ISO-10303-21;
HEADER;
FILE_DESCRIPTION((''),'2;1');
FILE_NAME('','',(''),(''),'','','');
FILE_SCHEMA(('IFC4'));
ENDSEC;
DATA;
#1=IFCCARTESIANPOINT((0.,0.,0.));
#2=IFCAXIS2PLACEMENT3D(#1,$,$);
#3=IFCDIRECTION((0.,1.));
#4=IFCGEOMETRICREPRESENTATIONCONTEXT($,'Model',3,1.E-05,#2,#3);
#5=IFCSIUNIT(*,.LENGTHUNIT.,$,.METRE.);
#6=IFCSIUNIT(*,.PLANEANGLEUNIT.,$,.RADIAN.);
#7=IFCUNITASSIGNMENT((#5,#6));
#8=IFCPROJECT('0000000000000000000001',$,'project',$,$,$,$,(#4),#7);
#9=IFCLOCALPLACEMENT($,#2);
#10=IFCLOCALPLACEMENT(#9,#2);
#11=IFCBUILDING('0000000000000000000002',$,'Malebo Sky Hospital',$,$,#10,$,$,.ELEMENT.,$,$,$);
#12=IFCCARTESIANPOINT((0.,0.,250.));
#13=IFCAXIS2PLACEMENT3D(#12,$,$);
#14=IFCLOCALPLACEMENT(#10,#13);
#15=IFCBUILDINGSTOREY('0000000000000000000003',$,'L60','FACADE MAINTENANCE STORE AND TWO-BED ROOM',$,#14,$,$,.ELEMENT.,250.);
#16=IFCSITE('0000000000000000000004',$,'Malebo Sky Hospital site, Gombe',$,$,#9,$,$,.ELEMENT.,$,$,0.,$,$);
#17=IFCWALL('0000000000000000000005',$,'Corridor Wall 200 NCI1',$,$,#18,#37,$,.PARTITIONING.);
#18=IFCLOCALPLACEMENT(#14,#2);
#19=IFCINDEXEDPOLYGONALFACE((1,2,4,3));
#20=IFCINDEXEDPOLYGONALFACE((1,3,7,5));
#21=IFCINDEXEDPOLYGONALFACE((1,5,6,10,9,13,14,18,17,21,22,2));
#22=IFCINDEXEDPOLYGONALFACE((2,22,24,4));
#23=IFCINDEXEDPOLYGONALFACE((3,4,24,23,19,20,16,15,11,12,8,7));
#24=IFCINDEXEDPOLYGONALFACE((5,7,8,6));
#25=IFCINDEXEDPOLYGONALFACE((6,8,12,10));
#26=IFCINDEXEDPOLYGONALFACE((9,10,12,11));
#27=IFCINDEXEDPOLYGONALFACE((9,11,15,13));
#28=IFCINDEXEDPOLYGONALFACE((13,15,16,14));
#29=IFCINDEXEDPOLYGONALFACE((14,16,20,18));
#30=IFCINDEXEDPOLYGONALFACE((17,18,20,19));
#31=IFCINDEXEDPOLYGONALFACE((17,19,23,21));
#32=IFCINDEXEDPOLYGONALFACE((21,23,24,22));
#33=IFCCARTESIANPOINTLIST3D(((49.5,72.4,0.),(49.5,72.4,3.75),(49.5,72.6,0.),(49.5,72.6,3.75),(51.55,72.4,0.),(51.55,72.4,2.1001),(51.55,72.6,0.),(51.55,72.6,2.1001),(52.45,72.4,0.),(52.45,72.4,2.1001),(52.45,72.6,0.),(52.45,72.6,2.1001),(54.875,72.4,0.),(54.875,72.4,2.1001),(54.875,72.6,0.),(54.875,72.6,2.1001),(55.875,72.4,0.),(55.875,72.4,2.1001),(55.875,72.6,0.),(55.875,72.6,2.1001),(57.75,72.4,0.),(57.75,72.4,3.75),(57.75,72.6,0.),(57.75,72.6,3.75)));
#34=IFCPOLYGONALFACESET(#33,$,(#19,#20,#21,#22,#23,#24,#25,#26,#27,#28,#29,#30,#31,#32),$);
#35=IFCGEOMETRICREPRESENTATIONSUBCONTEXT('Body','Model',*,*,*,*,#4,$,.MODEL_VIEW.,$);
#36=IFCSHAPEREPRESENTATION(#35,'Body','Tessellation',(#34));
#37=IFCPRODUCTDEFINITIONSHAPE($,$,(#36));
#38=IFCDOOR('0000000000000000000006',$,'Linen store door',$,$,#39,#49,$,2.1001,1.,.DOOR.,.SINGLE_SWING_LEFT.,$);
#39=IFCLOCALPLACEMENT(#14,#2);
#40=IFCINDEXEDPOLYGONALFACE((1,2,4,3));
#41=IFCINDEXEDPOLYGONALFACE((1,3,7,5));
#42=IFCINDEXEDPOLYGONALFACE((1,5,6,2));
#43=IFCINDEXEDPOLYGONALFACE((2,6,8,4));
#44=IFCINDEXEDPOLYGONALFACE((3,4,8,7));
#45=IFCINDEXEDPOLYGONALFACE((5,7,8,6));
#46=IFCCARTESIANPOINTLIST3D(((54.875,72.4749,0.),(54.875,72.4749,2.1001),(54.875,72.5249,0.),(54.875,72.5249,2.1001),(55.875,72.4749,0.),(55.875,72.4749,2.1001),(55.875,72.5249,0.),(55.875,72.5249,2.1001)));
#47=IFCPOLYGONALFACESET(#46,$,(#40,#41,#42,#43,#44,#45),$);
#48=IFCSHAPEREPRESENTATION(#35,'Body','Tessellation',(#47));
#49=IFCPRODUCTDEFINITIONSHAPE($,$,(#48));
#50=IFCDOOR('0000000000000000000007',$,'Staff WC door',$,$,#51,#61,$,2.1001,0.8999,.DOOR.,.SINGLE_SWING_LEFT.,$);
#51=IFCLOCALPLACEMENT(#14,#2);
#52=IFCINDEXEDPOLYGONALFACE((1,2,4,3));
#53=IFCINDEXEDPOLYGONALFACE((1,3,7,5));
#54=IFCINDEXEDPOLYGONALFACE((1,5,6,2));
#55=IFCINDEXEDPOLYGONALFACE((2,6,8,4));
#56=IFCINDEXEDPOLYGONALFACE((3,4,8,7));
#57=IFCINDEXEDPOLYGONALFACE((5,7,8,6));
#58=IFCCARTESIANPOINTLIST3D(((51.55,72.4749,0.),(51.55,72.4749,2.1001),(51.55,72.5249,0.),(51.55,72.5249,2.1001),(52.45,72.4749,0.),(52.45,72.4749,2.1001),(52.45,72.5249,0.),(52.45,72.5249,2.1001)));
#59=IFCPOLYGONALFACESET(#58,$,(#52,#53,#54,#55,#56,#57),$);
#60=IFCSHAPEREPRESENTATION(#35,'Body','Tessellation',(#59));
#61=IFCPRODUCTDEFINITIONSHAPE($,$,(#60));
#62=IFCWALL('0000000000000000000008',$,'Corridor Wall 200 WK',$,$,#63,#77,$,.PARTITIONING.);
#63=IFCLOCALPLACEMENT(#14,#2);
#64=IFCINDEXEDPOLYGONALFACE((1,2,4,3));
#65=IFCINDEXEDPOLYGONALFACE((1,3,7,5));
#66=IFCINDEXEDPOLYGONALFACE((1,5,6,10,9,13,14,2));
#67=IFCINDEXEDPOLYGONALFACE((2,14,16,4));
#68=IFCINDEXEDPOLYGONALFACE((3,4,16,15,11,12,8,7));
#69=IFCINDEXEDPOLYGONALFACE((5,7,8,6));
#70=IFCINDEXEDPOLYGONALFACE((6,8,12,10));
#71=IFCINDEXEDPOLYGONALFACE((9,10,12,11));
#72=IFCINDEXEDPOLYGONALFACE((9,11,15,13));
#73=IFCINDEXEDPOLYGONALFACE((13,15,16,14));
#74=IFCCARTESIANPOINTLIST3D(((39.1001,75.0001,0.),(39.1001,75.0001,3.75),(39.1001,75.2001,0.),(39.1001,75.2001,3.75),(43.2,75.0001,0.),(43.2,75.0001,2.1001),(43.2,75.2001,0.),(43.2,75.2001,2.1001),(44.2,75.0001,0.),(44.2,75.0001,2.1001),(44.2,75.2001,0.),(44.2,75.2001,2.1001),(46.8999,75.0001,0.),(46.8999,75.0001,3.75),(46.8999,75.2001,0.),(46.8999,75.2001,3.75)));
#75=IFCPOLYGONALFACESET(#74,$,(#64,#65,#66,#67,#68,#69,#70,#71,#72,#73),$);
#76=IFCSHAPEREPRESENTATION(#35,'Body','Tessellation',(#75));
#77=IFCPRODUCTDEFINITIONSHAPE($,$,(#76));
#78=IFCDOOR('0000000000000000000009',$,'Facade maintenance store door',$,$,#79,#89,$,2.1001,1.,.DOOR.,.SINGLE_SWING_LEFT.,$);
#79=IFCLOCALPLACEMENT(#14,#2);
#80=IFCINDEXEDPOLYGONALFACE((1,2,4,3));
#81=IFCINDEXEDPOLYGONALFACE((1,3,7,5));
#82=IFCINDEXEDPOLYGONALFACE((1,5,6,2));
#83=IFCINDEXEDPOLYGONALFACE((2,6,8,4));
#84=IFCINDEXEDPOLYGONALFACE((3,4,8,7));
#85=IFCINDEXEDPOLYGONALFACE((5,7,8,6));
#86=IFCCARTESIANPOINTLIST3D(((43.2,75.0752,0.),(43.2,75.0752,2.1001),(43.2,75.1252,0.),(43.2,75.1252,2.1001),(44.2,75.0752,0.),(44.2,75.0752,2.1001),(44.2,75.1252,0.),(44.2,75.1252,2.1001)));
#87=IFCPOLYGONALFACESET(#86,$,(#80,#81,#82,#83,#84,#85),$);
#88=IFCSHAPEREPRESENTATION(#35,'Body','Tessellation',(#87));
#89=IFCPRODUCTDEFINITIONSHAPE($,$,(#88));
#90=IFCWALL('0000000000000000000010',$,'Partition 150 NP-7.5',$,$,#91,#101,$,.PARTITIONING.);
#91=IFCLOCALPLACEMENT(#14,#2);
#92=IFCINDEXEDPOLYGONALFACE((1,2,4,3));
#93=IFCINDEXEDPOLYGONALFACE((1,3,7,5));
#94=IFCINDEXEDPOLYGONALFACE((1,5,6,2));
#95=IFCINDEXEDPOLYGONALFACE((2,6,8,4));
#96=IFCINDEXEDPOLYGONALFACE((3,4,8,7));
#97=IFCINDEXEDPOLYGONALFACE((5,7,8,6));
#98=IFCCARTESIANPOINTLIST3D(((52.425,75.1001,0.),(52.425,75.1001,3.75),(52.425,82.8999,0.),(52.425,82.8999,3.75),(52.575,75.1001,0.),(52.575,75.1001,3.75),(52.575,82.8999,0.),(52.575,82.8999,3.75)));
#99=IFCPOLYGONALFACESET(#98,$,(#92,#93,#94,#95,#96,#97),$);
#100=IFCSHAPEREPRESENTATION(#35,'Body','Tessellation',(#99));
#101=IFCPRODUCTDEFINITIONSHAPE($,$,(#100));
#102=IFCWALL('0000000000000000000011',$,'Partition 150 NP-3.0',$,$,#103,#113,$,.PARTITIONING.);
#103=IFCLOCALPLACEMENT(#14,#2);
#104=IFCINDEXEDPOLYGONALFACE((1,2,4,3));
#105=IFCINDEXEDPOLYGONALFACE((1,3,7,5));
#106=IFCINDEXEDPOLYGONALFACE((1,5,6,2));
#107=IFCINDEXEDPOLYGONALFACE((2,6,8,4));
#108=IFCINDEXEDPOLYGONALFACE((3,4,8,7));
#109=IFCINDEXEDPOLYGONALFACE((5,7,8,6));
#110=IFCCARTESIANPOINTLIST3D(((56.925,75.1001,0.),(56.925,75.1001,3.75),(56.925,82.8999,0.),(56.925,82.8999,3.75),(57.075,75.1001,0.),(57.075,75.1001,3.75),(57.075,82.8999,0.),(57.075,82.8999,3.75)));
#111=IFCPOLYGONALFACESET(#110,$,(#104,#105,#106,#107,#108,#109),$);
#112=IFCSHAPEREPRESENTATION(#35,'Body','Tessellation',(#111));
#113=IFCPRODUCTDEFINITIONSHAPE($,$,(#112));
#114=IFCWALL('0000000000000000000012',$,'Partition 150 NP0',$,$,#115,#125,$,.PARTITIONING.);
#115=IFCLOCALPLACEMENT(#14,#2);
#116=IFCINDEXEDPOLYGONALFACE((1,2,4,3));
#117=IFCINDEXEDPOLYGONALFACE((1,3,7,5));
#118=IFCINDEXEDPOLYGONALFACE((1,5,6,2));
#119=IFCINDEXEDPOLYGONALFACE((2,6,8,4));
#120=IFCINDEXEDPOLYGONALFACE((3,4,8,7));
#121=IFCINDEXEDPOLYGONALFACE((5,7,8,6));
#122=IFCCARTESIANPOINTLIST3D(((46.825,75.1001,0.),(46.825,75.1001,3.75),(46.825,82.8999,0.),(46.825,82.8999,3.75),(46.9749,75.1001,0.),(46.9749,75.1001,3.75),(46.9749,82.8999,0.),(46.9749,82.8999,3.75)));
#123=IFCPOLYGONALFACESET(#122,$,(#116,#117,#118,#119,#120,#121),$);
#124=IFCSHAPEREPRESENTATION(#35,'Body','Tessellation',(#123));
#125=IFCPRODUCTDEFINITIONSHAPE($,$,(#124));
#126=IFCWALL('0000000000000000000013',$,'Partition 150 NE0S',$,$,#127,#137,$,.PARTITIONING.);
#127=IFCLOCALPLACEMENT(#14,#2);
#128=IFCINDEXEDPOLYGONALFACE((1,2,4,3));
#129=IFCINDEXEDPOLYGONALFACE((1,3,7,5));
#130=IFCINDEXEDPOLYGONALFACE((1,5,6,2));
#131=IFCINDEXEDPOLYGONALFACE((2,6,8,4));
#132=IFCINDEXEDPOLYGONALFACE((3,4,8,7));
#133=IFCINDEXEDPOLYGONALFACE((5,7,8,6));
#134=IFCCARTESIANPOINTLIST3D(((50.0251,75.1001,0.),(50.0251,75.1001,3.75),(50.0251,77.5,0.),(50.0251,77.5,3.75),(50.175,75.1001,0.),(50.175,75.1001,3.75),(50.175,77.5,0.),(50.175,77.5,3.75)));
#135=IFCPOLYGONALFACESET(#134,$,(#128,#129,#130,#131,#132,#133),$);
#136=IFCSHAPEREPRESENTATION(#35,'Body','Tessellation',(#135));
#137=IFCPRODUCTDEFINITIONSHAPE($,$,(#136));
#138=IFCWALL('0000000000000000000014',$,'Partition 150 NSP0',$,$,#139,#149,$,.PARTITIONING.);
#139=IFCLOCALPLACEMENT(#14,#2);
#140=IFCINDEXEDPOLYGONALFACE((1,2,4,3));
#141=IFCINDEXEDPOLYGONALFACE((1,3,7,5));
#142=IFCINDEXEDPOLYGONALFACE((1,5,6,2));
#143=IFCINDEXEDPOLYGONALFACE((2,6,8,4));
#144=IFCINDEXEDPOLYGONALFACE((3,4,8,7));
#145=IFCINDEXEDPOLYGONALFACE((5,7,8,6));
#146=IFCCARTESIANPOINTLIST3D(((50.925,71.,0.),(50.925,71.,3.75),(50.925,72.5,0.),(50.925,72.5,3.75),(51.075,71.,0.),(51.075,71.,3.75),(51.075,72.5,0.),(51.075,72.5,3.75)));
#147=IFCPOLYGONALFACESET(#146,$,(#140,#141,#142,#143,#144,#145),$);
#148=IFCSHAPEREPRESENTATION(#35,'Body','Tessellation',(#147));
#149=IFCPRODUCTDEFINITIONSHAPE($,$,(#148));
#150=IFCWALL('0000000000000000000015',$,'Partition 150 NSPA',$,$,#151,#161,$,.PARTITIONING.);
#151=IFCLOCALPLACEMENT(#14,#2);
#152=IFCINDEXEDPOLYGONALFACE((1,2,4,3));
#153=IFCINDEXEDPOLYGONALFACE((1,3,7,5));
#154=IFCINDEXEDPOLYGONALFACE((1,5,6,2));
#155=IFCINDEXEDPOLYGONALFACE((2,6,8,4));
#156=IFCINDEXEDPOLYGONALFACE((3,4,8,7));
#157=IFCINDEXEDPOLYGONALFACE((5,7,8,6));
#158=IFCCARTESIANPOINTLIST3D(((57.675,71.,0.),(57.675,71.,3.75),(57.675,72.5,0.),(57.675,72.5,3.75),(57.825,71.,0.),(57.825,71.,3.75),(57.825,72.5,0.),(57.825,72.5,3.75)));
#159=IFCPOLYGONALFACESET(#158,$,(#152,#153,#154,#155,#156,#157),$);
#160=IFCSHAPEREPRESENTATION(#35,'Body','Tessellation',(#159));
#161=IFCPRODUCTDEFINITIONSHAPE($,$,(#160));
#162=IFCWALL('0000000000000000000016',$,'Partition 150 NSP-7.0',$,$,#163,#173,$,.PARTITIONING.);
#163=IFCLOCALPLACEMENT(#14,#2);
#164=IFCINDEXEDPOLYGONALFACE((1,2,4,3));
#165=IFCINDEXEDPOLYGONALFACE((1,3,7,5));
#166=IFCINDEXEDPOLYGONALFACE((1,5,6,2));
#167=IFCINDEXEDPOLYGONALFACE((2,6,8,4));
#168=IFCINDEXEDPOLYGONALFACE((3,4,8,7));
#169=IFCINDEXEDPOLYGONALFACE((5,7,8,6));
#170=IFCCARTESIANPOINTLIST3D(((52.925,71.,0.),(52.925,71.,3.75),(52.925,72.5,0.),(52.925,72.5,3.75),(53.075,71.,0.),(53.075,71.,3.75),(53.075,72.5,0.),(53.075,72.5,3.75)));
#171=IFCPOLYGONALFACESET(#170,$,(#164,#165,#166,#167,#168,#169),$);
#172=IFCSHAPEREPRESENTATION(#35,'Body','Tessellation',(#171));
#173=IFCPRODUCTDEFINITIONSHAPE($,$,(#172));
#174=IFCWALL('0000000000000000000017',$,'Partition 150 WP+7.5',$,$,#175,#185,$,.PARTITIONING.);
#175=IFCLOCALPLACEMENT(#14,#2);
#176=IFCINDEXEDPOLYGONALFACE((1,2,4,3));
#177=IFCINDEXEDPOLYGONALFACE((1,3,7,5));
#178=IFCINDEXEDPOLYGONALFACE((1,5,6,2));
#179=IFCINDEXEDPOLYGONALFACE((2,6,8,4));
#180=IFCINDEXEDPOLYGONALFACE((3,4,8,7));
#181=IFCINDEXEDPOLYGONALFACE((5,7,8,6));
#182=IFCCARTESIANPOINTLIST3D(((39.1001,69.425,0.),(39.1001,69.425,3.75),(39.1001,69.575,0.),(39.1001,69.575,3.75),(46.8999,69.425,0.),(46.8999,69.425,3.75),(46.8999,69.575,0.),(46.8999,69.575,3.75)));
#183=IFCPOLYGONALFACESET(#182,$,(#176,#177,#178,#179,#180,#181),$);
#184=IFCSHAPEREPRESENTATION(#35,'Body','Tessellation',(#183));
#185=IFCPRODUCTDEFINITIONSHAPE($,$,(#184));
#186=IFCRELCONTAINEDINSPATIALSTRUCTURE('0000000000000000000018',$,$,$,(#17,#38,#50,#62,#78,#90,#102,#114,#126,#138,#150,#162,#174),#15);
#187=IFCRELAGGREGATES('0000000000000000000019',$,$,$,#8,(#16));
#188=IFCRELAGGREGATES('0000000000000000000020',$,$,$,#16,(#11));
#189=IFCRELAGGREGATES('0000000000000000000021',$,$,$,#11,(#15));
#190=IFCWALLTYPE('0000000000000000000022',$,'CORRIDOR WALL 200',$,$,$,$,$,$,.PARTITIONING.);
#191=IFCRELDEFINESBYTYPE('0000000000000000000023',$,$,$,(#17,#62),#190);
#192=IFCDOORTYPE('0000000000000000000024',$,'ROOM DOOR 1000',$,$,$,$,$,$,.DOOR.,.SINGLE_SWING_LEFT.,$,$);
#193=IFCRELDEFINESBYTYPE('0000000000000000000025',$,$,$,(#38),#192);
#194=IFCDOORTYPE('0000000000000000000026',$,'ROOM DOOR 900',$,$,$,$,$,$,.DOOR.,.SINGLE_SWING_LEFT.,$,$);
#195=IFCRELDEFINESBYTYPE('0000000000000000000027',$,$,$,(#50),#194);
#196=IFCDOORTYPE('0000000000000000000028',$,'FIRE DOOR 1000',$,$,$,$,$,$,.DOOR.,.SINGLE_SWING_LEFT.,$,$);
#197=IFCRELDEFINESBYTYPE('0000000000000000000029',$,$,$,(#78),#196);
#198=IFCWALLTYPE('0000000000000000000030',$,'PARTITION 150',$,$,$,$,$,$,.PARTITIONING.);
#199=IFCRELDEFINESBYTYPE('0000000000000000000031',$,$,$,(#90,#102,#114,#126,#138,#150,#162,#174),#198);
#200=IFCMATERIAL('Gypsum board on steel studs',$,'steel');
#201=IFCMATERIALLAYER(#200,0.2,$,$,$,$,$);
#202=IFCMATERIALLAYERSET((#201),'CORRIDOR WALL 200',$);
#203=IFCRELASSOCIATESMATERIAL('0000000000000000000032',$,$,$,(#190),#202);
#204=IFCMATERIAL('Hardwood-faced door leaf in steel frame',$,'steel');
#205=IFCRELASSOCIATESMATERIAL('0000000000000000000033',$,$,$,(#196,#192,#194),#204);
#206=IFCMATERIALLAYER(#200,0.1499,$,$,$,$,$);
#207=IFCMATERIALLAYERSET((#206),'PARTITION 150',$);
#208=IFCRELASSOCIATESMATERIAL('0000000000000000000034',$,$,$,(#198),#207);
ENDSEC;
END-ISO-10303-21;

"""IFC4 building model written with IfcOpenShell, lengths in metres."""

from ifc_helpers import new_model, si_unit, direction, frame, frame_2d, origin, place, context, subcontext, project, spatial, rectangle, extrude, material, layer, layer_set, type_object, element, fill, save


model = new_model("IFC4")

# Units and contexts
model_context = context("Model", 3, precision=1e-05, world=origin(), true_north=direction((0.0, 1.0)))
body_context = subcontext(model_context, "Body", "Model", "MODEL_VIEW")
ifc_project = project(units=[si_unit("LENGTHUNIT", "METRE"), si_unit("PLANEANGLEUNIT", "RADIAN")], contexts=[model_context])

# Site, building, storey
site_placement = place(None, origin())
site = spatial("IfcSite", under=ifc_project, at=site_placement, Name="Malebo Sky Hospital site, Gombe", CompositionType="ELEMENT", RefElevation=0.0)
building_placement = place(site_placement, origin())
building = spatial("IfcBuilding", under=site, at=building_placement, Name="Malebo Sky Hospital", CompositionType="ELEMENT")
storey_placement = place(building_placement, frame((0.0, 0.0, 250.0)))
storey = spatial("IfcBuildingStorey", under=building, at=storey_placement, Name="L60", Description="FACADE MAINTENANCE STORE AND TWO-BED ROOM", CompositionType="ELEMENT", Elevation=250.0)

# Shared definitions
ifc_material_1 = material(Name="Hardwood-faced door leaf in steel frame", Category="steel")

# Wall, openings, doors
ifc_material_2 = material(Name="Gypsum board on steel studs", Category="steel")
ifc_layer_1 = layer(ifc_material_2, 0.2)
ifc_layer_set_1 = layer_set([ifc_layer_1], Name="CORRIDOR WALL 200")
wall_type_1 = type_object("IfcWallType", Name="CORRIDOR WALL 200", PredefinedType="PARTITIONING", material=ifc_layer_set_1)
door_type_1 = type_object("IfcDoorType", Name="FIRE DOOR 1000", OperationType="SINGLE_SWING_LEFT", PredefinedType="DOOR", material=ifc_material_1)
door_type_2 = type_object("IfcDoorType", Name="ROOM DOOR 1000", OperationType="SINGLE_SWING_LEFT", PredefinedType="DOOR", material=ifc_material_1)
door_type_3 = type_object("IfcDoorType", Name="ROOM DOOR 900", OperationType="SINGLE_SWING_LEFT", PredefinedType="DOOR", material=ifc_material_1)
wall_1_placement = place(storey_placement, frame((49.5, 72.5, 0.0), z_axis=(0.0, 0.0, 1.0), x_axis=(1.0, 0.0, 0.0)))
wall_1 = element("IfcWall", 1, at=wall_1_placement, inside=storey, type_object=wall_type_1, Name="Corridor Wall 200 NCI1", PredefinedType="PARTITIONING", context=body_context, shape_type="SweptSolid", body=[
    extrude(rectangle(XDim=8.25, YDim=0.2, at=frame_2d((4.125, 0.0))), origin(), (0.0, 0.0, 1.0), 3.75),
])
opening_1_placement = place(wall_1_placement, frame((2.05, 0.0, 0.0)))
opening_1 = element("IfcOpeningElement", 2, at=opening_1_placement, cuts=wall_1, PredefinedType="OPENING", context=body_context, shape_type="SweptSolid", body=[
    extrude(rectangle(XDim=0.8999, YDim=2.1001, at=frame_2d((0.45, 1.05))), frame((0.0, 0.1099, 0.0), z_axis=(0.0, -1.0, 0.0), x_axis=(1.0, 0.0, 0.0)), (0.0, 0.0, 1.0), 0.22),
])
opening_2_placement = place(wall_1_placement, frame((5.375, 0.0, 0.0)))
opening_2 = element("IfcOpeningElement", 3, at=opening_2_placement, cuts=wall_1, PredefinedType="OPENING", context=body_context, shape_type="SweptSolid", body=[
    extrude(rectangle(XDim=1.0, YDim=2.1001, at=frame_2d((0.5, 1.05))), frame((0.0, 0.1099, 0.0), z_axis=(0.0, -1.0, 0.0), x_axis=(1.0, 0.0, 0.0)), (0.0, 0.0, 1.0), 0.22),
])
door_1_placement = place(opening_2_placement, origin())
door_1 = element("IfcDoor", 4, at=door_1_placement, inside=storey, type_object=door_type_2, Name="Linen store door", OperationType="SINGLE_SWING_LEFT", OverallHeight=2.1001, OverallWidth=1.0, PredefinedType="DOOR", context=body_context, shape_type="SweptSolid", body=[
    extrude(rectangle(XDim=1.0, YDim=2.1001, at=frame_2d((0.5, 1.05))), frame((0.0, 0.0249, 0.0), z_axis=(0.0, -1.0, 0.0), x_axis=(1.0, 0.0, 0.0)), (0.0, 0.0, 1.0), 0.05),
])
fill(opening_2, door_1)
door_2_placement = place(opening_1_placement, origin())
door_2 = element("IfcDoor", 5, at=door_2_placement, inside=storey, type_object=door_type_3, Name="Staff WC door", OperationType="SINGLE_SWING_LEFT", OverallHeight=2.1001, OverallWidth=0.8999, PredefinedType="DOOR", context=body_context, shape_type="SweptSolid", body=[
    extrude(rectangle(XDim=0.8999, YDim=2.1001, at=frame_2d((0.45, 1.05))), frame((0.0, 0.0249, 0.0), z_axis=(0.0, -1.0, 0.0), x_axis=(1.0, 0.0, 0.0)), (0.0, 0.0, 1.0), 0.05),
])
fill(opening_1, door_2)

# Wall, opening, door
wall_2_placement = place(storey_placement, frame((46.8999, 75.1001, 0.0), z_axis=(0.0, 0.0, 1.0), x_axis=(-1.0, 0.0, 0.0)))
wall_2 = element("IfcWall", 6, at=wall_2_placement, inside=storey, type_object=wall_type_1, Name="Corridor Wall 200 WK", PredefinedType="PARTITIONING", context=body_context, shape_type="SweptSolid", body=[
    extrude(rectangle(XDim=7.7998, YDim=0.2, at=frame_2d((3.8999, 0.0))), origin(), (0.0, 0.0, 1.0), 3.75),
])
opening_3_placement = place(wall_2_placement, frame((2.7, 0.0, 0.0)))
opening_3 = element("IfcOpeningElement", 7, at=opening_3_placement, cuts=wall_2, PredefinedType="OPENING", context=body_context, shape_type="SweptSolid", body=[
    extrude(rectangle(XDim=1.0, YDim=2.1001, at=frame_2d((0.5, 1.05))), frame((0.0, 0.1099, 0.0), z_axis=(0.0, -1.0, 0.0), x_axis=(1.0, 0.0, 0.0)), (0.0, 0.0, 1.0), 0.22),
])
door_3_placement = place(opening_3_placement, origin())
door_3 = element("IfcDoor", 8, at=door_3_placement, inside=storey, type_object=door_type_1, Name="Facade maintenance store door", OperationType="SINGLE_SWING_LEFT", OverallHeight=2.1001, OverallWidth=1.0, PredefinedType="DOOR", context=body_context, shape_type="SweptSolid", body=[
    extrude(rectangle(XDim=1.0, YDim=2.1001, at=frame_2d((0.5, 1.05))), frame((0.0, 0.0249, 0.0), z_axis=(0.0, -1.0, 0.0), x_axis=(1.0, 0.0, 0.0)), (0.0, 0.0, 1.0), 0.05),
])
fill(opening_3, door_3)

# Walls
ifc_layer_2 = layer(ifc_material_2, 0.1499)
ifc_layer_set_2 = layer_set([ifc_layer_2], Name="PARTITION 150")
wall_type_2 = type_object("IfcWallType", Name="PARTITION 150", PredefinedType="PARTITIONING", material=ifc_layer_set_2)
for number, where, z_axis, x_axis, name in (
    (9, (52.5, 75.1001, 0.0), (0.0, 0.0, 1.0), (0.0, 1.0, 0.0), "Partition 150 NP-7.5"),
    (10, (57.0, 75.1001, 0.0), (0.0, 0.0, 1.0), (0.0, 1.0, 0.0), "Partition 150 NP-3.0"),
    (11, (46.8999, 75.1001, 0.0), (0.0, 0.0, 1.0), (0.0, 1.0, 0.0), "Partition 150 NP0"),
):
    element("IfcWall", number, at=place(storey_placement, frame(where, z_axis=z_axis, x_axis=x_axis)), inside=storey, type_object=wall_type_2, Name=name, PredefinedType="PARTITIONING", context=body_context, shape_type="SweptSolid", body=[
        extrude(rectangle(XDim=7.7998, YDim=0.1499, at=frame_2d((3.8999, 0.0))), origin(), (0.0, 0.0, 1.0), 3.75),
    ])
wall_3_placement = place(storey_placement, frame((50.1001, 75.1001, 0.0), z_axis=(0.0, 0.0, 1.0), x_axis=(0.0, 1.0, 0.0)))
element("IfcWall", 12, at=wall_3_placement, inside=storey, type_object=wall_type_2, Name="Partition 150 NE0S", PredefinedType="PARTITIONING", context=body_context, shape_type="SweptSolid", body=[
    extrude(rectangle(XDim=2.3999, YDim=0.1499, at=frame_2d((1.2, 0.0))), origin(), (0.0, 0.0, 1.0), 3.75),
])
for number, where, z_axis, x_axis, name in (
    (13, (51.0, 71.0, 0.0), (0.0, 0.0, 1.0), (0.0, 1.0, 0.0), "Partition 150 NSP0"),
    (14, (57.75, 71.0, 0.0), (0.0, 0.0, 1.0), (0.0, 1.0, 0.0), "Partition 150 NSPA"),
    (15, (53.0, 71.0, 0.0), (0.0, 0.0, 1.0), (0.0, 1.0, 0.0), "Partition 150 NSP-7.0"),
):
    element("IfcWall", number, at=place(storey_placement, frame(where, z_axis=z_axis, x_axis=x_axis)), inside=storey, type_object=wall_type_2, Name=name, PredefinedType="PARTITIONING", context=body_context, shape_type="SweptSolid", body=[
        extrude(rectangle(XDim=1.5, YDim=0.1499, at=frame_2d((0.75, 0.0))), origin(), (0.0, 0.0, 1.0), 3.75),
    ])
wall_4_placement = place(storey_placement, frame((46.8999, 69.5, 0.0), z_axis=(0.0, 0.0, 1.0), x_axis=(-1.0, 0.0, 0.0)))
element("IfcWall", 16, at=wall_4_placement, inside=storey, type_object=wall_type_2, Name="Partition 150 WP+7.5", PredefinedType="PARTITIONING", context=body_context, shape_type="SweptSolid", body=[
    extrude(rectangle(XDim=7.7998, YDim=0.1499, at=frame_2d((3.8999, 0.0))), origin(), (0.0, 0.0, 1.0), 3.75),
])

save(model, "model.ifc")
